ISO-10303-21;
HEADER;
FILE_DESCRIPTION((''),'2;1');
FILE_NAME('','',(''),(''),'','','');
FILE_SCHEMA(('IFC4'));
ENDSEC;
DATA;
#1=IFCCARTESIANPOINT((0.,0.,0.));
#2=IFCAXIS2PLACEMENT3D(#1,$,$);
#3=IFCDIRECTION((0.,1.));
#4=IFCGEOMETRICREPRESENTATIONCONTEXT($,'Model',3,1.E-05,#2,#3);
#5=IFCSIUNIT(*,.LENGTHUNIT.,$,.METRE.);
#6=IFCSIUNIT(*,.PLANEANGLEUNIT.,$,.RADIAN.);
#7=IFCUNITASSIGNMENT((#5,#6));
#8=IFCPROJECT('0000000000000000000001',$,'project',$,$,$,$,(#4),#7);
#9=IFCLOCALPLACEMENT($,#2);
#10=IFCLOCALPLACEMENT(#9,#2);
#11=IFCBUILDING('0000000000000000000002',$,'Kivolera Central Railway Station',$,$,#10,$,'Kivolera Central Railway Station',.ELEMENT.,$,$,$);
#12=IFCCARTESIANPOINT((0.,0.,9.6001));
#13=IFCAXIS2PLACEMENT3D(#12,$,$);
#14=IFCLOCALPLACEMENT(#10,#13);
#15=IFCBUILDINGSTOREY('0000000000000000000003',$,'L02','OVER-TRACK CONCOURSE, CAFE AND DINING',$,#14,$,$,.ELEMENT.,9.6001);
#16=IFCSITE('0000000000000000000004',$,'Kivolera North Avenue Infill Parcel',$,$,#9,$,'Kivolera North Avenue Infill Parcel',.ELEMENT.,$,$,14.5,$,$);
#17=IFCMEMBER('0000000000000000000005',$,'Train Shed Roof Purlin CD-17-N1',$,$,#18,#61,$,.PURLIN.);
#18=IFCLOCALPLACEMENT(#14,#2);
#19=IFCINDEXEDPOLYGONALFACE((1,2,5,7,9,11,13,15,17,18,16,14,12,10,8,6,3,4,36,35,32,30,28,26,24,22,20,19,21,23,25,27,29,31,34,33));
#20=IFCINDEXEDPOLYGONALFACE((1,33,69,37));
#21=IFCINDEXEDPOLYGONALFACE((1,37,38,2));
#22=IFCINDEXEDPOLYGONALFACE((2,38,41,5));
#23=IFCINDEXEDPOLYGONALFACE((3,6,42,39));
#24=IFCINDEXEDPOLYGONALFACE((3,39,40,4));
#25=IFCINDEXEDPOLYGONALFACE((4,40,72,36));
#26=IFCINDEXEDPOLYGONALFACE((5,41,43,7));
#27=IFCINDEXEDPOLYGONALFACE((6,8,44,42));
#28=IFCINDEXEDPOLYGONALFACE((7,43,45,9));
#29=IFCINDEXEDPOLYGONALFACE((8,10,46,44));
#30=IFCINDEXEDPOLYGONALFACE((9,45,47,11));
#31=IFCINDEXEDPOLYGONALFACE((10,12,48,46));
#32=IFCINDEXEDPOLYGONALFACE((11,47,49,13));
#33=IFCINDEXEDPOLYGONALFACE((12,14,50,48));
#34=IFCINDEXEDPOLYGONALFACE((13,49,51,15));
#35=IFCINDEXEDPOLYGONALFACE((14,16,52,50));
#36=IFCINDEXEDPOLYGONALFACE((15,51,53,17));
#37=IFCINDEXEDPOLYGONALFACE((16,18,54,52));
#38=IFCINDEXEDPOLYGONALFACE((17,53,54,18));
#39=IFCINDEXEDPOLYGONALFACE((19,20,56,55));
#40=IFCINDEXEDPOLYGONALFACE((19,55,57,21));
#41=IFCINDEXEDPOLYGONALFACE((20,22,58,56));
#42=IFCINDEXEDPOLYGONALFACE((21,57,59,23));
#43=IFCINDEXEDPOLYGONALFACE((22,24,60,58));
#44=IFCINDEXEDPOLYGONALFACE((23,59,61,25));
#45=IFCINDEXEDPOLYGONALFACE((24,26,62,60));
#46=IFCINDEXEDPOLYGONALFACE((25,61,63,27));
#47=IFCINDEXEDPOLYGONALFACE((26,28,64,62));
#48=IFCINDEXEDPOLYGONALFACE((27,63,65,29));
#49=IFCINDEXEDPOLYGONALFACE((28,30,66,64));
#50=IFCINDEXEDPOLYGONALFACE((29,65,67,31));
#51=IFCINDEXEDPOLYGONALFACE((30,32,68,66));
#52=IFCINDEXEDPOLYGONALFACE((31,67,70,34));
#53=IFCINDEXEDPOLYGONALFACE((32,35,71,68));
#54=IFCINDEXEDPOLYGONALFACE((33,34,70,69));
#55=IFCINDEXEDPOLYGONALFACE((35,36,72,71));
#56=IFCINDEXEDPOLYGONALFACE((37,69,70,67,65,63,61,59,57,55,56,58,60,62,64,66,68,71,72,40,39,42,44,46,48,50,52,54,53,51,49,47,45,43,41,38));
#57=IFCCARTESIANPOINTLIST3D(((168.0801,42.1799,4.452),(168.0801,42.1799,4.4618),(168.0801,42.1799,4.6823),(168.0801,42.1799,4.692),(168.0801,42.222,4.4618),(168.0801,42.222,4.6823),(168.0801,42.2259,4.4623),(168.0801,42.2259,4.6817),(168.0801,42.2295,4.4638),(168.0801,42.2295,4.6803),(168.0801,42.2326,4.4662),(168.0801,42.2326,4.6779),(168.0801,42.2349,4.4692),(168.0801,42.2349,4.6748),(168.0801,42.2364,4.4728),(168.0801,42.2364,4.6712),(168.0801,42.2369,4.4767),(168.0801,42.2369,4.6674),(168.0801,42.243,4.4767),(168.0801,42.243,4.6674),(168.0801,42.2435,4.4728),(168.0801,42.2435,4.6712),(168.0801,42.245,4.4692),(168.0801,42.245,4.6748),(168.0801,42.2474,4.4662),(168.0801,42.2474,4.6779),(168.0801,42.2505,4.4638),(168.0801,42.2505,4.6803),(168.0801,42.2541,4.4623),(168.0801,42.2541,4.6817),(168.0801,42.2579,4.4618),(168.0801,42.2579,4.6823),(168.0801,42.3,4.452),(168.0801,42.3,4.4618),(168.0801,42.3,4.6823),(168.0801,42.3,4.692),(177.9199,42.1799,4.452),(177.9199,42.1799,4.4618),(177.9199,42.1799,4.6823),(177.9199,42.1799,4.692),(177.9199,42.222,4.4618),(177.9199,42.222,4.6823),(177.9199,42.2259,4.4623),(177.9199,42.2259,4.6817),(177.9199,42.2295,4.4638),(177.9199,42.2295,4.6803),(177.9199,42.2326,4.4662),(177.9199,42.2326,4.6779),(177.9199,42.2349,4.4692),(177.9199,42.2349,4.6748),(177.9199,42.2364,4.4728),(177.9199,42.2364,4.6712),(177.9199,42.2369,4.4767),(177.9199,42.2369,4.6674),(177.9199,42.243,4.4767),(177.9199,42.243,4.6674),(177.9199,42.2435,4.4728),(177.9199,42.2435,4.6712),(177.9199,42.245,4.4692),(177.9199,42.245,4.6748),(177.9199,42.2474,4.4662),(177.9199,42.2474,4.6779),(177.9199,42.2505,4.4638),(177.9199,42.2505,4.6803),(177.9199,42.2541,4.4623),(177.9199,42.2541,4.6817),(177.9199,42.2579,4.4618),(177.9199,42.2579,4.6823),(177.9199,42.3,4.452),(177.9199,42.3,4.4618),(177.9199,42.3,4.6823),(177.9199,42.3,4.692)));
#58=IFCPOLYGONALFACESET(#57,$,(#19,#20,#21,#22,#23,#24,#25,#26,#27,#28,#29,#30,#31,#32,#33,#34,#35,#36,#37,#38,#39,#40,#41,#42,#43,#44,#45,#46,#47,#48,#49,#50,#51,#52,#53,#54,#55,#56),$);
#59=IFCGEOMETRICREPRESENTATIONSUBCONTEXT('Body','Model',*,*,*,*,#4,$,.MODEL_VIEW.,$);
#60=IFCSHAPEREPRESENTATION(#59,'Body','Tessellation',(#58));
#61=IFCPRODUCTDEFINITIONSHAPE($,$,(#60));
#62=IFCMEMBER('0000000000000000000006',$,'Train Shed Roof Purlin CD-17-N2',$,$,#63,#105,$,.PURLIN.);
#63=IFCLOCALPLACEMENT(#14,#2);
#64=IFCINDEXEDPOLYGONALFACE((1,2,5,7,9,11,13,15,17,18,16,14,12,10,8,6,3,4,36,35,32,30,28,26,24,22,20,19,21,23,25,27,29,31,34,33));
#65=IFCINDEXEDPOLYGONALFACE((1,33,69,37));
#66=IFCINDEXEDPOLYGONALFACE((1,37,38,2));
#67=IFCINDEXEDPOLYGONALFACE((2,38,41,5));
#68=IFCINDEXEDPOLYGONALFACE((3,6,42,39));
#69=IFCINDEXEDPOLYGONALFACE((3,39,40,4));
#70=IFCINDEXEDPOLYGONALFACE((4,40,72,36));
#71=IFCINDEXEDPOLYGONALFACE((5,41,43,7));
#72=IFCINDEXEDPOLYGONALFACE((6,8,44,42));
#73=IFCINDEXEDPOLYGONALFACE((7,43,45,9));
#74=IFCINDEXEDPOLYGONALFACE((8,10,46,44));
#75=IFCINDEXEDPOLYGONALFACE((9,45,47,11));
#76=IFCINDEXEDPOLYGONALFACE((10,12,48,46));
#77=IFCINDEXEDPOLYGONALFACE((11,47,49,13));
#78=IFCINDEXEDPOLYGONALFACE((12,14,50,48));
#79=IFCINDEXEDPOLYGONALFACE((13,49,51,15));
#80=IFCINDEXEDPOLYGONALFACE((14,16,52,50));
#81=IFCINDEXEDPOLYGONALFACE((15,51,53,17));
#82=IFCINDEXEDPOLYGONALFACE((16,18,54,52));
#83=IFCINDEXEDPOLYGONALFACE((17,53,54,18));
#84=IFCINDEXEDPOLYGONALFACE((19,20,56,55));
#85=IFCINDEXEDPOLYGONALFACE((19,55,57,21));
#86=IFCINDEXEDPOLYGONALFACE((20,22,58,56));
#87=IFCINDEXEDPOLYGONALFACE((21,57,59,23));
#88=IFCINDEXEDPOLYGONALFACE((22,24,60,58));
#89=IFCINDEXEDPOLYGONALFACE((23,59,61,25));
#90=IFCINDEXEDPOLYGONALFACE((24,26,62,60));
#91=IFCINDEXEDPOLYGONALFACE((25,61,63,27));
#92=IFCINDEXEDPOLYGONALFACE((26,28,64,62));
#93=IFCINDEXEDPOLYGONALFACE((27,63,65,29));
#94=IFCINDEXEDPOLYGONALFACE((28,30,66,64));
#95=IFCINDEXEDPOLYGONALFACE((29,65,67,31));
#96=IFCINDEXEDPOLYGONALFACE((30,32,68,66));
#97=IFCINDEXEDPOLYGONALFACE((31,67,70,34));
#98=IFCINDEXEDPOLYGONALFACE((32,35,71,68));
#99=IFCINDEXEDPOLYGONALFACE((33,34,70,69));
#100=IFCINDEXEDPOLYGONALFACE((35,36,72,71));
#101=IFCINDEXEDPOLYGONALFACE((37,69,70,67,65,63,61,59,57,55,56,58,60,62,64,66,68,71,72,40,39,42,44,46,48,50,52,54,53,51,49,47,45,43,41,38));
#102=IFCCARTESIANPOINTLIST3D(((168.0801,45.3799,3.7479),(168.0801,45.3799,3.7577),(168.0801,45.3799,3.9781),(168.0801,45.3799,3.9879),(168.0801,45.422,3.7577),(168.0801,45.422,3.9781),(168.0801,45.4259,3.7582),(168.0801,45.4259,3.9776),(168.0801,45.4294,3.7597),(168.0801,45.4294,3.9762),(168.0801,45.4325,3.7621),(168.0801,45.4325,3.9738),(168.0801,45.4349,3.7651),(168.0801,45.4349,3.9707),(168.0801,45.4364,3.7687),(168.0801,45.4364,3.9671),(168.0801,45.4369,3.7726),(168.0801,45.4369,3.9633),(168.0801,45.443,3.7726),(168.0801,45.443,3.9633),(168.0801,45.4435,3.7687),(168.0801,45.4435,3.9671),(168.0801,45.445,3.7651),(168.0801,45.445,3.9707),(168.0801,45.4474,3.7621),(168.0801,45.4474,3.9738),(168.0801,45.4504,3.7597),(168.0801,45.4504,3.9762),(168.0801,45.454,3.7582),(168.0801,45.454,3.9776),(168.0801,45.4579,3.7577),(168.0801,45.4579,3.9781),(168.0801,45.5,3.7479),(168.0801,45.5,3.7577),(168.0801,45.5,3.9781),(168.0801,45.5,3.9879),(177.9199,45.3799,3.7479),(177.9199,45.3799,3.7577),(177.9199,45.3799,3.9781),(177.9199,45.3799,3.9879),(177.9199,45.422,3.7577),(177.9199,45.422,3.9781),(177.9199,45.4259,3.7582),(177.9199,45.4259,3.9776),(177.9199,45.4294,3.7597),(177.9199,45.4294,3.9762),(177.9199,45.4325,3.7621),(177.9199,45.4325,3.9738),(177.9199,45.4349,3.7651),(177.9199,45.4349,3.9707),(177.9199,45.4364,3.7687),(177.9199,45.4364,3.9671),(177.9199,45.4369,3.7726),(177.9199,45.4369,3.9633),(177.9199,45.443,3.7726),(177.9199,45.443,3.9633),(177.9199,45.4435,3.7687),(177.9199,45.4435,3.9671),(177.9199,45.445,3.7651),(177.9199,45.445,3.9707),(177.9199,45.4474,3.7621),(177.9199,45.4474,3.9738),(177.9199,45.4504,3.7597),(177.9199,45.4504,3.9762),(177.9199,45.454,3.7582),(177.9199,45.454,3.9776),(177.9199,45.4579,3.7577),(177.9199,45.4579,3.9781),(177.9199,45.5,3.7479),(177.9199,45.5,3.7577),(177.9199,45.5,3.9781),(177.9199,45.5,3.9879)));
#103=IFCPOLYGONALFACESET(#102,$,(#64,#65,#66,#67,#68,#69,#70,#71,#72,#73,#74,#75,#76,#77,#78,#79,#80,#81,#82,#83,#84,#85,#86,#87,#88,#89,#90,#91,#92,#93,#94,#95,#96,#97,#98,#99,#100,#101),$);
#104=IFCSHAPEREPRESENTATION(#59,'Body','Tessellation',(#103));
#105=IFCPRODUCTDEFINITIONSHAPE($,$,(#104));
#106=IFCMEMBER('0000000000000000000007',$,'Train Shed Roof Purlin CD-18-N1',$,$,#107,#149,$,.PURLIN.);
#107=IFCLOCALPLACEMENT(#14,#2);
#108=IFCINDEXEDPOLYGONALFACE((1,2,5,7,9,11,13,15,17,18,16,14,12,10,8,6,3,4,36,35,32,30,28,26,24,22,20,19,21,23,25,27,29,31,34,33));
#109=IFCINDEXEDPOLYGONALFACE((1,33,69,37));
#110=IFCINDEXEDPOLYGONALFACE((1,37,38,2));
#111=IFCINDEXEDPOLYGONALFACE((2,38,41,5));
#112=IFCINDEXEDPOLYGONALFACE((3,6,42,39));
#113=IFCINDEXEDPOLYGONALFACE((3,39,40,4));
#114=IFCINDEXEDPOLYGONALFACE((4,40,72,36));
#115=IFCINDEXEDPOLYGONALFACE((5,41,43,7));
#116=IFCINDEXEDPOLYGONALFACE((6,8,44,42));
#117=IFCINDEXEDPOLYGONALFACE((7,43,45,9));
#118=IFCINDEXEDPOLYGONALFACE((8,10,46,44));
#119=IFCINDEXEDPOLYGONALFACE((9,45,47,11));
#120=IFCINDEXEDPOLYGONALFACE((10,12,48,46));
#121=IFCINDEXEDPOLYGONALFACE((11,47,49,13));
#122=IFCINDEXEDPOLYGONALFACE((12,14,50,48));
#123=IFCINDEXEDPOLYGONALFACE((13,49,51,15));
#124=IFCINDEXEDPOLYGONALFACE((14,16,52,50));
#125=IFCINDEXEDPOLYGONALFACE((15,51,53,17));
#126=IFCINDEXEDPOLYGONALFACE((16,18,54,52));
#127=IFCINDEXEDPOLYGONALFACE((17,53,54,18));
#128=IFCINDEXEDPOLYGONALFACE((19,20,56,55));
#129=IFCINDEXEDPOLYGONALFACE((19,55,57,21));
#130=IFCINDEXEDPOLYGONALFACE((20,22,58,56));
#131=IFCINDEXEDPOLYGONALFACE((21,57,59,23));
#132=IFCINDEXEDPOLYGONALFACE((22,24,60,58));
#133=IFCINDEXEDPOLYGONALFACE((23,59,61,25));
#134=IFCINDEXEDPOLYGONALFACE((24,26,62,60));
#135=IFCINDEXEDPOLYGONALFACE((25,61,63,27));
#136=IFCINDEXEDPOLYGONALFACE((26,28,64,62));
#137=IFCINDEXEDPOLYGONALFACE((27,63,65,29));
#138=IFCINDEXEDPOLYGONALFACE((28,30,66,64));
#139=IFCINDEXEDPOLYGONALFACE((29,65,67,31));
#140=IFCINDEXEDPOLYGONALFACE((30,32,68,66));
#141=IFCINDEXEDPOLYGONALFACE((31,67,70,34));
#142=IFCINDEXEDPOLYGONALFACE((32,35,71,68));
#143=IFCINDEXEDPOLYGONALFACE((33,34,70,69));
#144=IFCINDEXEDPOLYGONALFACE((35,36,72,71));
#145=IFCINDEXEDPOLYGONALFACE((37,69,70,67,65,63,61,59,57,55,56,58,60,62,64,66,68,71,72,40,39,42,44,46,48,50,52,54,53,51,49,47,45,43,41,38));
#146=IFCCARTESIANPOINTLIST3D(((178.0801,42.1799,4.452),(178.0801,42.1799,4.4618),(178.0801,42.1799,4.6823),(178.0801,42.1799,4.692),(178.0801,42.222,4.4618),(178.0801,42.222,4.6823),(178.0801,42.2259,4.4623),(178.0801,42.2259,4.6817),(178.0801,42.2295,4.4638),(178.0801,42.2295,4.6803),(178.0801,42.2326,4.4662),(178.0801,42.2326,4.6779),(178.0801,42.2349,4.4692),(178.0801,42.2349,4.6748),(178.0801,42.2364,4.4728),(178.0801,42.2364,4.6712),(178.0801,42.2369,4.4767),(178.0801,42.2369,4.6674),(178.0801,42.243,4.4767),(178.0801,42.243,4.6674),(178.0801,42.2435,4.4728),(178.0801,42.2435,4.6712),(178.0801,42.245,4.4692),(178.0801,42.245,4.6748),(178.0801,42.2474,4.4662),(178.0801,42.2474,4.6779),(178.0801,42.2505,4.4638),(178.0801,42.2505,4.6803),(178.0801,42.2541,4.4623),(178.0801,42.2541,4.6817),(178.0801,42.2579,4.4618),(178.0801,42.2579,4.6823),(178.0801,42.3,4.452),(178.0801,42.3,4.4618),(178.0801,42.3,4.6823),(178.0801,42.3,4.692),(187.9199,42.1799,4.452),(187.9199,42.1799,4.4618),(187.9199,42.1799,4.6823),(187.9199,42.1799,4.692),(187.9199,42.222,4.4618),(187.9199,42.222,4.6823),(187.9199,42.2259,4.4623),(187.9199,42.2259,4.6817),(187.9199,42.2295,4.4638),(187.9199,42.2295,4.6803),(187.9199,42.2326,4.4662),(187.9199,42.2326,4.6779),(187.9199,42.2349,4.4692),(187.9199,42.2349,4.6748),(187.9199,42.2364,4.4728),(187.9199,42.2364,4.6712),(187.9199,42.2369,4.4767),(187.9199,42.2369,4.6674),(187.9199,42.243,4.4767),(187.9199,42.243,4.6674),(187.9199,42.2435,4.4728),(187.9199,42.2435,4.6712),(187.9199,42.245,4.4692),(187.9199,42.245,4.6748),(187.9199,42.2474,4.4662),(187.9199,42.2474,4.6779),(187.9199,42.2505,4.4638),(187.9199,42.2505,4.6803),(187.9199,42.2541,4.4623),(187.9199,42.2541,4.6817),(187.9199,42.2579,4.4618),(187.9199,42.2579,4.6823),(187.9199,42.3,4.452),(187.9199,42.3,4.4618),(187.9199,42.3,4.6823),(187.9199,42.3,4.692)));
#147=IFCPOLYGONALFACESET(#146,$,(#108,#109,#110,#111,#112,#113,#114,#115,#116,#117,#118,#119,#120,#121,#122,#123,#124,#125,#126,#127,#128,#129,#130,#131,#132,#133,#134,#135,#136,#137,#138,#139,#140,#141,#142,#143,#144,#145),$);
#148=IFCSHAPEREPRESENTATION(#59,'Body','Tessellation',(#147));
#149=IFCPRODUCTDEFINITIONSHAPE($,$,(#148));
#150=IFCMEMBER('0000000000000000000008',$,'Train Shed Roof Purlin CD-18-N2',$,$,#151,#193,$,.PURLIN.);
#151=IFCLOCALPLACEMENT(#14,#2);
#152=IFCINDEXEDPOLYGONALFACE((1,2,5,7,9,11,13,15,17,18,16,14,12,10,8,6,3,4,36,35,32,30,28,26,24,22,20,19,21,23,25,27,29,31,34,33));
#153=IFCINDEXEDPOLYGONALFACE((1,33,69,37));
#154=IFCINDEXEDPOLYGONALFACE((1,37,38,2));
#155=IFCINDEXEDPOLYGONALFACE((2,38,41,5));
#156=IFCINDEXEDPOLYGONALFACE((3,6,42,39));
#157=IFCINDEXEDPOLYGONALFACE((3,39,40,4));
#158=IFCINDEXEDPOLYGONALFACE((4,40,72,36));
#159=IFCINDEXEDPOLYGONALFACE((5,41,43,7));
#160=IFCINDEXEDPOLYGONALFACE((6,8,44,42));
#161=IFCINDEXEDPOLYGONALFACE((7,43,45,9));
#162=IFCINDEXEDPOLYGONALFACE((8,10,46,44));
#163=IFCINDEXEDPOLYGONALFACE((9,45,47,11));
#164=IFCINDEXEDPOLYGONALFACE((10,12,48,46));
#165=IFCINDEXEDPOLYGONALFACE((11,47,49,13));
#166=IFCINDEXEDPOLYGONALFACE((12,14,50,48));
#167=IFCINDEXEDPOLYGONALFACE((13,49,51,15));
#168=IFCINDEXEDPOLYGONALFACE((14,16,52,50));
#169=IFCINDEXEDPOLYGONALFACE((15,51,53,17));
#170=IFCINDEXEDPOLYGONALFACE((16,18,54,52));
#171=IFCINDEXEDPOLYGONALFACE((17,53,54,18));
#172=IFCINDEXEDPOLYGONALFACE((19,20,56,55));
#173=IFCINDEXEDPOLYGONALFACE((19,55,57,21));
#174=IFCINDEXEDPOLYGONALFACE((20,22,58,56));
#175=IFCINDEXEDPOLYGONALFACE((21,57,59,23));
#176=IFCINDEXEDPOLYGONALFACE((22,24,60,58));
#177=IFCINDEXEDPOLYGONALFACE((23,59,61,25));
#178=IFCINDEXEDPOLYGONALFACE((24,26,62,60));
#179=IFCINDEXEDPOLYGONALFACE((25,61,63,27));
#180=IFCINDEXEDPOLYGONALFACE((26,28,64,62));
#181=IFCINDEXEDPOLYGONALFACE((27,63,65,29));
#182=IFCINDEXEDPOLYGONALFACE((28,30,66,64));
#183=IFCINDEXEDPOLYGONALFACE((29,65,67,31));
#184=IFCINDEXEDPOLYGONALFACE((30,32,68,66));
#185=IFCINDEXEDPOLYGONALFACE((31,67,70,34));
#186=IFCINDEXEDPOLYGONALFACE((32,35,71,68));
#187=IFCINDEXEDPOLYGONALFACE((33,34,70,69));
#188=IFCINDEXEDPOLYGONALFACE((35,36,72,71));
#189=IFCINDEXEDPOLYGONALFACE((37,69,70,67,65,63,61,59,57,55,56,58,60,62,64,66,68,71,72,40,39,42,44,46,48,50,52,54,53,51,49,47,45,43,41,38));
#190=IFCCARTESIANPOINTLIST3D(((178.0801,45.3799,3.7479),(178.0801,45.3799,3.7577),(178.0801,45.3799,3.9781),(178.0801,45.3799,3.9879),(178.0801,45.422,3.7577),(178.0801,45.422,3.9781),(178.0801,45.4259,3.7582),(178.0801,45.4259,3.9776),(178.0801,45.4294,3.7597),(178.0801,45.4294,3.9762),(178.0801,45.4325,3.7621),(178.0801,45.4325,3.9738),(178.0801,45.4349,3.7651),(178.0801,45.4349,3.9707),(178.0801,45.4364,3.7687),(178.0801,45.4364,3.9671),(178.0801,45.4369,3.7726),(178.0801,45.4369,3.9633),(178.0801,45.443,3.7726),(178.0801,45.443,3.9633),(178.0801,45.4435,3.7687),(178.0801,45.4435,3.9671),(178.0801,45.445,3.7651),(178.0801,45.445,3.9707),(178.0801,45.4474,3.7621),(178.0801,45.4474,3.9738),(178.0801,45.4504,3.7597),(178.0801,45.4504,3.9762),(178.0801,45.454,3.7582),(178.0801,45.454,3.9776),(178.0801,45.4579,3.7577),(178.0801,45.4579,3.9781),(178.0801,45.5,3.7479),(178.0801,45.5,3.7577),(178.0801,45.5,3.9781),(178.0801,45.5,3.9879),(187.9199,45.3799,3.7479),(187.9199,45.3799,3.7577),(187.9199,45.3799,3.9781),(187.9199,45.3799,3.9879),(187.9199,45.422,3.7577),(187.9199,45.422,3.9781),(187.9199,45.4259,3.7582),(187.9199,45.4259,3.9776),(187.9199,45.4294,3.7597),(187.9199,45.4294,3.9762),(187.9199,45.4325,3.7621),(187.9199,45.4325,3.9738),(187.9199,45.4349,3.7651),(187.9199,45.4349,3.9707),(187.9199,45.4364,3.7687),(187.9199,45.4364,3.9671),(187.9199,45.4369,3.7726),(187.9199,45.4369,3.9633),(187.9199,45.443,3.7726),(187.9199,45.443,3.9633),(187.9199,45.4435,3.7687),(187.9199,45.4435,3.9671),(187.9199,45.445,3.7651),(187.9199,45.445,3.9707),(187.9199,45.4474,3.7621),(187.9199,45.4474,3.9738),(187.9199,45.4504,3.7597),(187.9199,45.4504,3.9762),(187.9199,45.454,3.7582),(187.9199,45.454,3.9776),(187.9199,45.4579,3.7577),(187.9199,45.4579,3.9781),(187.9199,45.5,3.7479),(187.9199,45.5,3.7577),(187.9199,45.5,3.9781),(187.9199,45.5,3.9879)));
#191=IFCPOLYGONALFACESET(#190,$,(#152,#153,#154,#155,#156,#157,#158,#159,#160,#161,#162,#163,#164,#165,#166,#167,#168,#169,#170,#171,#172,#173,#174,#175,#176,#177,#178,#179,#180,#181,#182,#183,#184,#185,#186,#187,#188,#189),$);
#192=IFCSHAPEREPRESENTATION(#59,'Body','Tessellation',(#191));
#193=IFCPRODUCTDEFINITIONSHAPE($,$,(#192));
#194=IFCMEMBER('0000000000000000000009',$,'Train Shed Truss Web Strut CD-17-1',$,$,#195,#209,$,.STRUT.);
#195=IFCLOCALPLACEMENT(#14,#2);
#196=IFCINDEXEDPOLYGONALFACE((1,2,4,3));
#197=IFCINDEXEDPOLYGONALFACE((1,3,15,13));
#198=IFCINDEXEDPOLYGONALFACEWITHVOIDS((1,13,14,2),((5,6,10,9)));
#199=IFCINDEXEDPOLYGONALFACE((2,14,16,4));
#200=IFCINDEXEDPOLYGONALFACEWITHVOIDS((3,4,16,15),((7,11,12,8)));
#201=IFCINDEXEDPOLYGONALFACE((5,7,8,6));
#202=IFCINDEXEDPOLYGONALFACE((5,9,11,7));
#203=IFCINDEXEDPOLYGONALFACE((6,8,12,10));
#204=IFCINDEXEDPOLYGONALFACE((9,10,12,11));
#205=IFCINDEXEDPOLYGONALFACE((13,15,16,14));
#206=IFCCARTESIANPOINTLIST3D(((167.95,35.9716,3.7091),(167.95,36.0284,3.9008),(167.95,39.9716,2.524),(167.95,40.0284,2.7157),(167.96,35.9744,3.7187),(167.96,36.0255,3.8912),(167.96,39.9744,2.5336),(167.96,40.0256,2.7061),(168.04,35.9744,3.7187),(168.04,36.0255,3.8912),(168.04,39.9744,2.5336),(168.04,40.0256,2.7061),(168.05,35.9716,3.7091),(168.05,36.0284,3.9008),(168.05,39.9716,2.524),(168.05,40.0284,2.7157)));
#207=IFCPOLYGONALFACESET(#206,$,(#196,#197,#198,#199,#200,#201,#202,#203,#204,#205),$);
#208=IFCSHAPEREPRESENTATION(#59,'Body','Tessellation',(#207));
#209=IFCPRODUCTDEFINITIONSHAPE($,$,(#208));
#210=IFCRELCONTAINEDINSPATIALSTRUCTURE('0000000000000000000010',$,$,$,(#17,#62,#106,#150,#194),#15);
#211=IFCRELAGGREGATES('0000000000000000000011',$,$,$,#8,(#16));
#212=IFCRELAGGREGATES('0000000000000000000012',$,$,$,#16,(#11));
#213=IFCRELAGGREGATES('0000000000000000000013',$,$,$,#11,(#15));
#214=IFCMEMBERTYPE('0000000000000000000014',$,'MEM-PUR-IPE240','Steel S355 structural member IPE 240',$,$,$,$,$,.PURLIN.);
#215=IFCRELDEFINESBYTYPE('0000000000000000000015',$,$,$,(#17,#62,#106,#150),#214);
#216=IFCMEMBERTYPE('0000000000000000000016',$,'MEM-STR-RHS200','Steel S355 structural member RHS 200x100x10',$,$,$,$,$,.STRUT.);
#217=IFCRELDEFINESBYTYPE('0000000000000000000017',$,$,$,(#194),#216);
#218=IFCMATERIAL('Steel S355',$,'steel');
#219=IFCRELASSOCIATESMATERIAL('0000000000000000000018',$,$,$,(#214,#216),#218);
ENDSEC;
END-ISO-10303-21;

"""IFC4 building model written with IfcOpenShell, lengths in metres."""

from ifc_helpers import new_model, si_unit, direction, frame, origin, origin_2d, place, context, subcontext, project, spatial, hollow_rectangle, i_section, extrude, material, material_profile, profile_set, type_object, element, save


model = new_model("IFC4")

# Units and contexts
model_context = context("Model", 3, precision=1e-05, world=origin(), true_north=direction((0.0, 1.0)))
body_context = subcontext(model_context, "Body", "Model", "MODEL_VIEW")
ifc_project = project(units=[si_unit("LENGTHUNIT", "METRE"), si_unit("PLANEANGLEUNIT", "RADIAN")], contexts=[model_context])

# Site, building, storey
site_placement = place(None, origin())
site = spatial("IfcSite", under=ifc_project, at=site_placement, Name="Kivolera North Avenue Infill Parcel", LongName="Kivolera North Avenue Infill Parcel", CompositionType="ELEMENT", RefElevation=14.5)
building_placement = place(site_placement, origin())
building = spatial("IfcBuilding", under=site, at=building_placement, Name="Kivolera Central Railway Station", LongName="Kivolera Central Railway Station", CompositionType="ELEMENT")
storey_placement = place(building_placement, frame((0.0, 0.0, 9.6001)))
storey = spatial("IfcBuildingStorey", under=building, at=storey_placement, Name="L02", Description="OVER-TRACK CONCOURSE, CAFE AND DINING", CompositionType="ELEMENT", Elevation=9.6001)

# Shared definitions
ifc_material_1 = material(Name="Steel S355", Category="steel")

# Members
ifc_material_profile_1 = material_profile(ifc_material_1, i_section(OverallWidth=0.1201, OverallDepth=0.24, WebThickness=0.0061, FlangeThickness=0.0098, FilletRadius=0.0149, at=origin_2d()), Name="IPE 240")
ifc_profile_set_1 = profile_set([ifc_material_profile_1], Name="Steel S355")
member_type_1 = type_object("IfcMemberType", Name="MEM-PUR-IPE240", Description="Steel S355 structural member IPE 240", PredefinedType="PURLIN", material=ifc_profile_set_1)
for number, where, z_axis, x_axis, name in (
    (1, (168.0801, 42.24, 4.572), (1.0, 0.0, 0.0), (0.0, 1.0, 0.0), "Train Shed Roof Purlin CD-17-N1"),
    (2, (168.0801, 45.4399, 3.8679), (1.0, 0.0, 0.0), (0.0, 1.0, 0.0), "Train Shed Roof Purlin CD-17-N2"),
    (3, (178.0801, 42.24, 4.572), (1.0, 0.0, 0.0), (0.0, 1.0, 0.0), "Train Shed Roof Purlin CD-18-N1"),
    (4, (178.0801, 45.4399, 3.8679), (1.0, 0.0, 0.0), (0.0, 1.0, 0.0), "Train Shed Roof Purlin CD-18-N2"),
):
    element("IfcMember", number, at=place(storey_placement, frame(where, z_axis=z_axis, x_axis=x_axis)), inside=storey, type_object=member_type_1, Name=name, PredefinedType="PURLIN", context=body_context, shape_type="SweptSolid", body=[
        extrude(i_section(OverallWidth=0.1201, OverallDepth=0.24, WebThickness=0.0061, FlangeThickness=0.0098, FilletRadius=0.0149, at=origin_2d()), origin(), (0.0, 0.0, 1.0), 9.8398),
    ])
ifc_material_profile_2 = material_profile(ifc_material_1, hollow_rectangle(XDim=0.1001, YDim=0.2, WallThickness=0.01, at=origin_2d()), Name="RHS 200x100x10")
ifc_profile_set_2 = profile_set([ifc_material_profile_2], Name="Steel S355")
member_type_2 = type_object("IfcMemberType", Name="MEM-STR-RHS200", Description="Steel S355 structural member RHS 200x100x10", PredefinedType="STRUT", material=ifc_profile_set_2)
for number, where, z_axis, x_axis, name in (
    (5, (168.0, 40.0, 2.6199), (0.0, -0.958806, 0.28406), (1.0, 0.0, 0.0), "Train Shed Truss Web Strut CD-17-1"),
):
    element("IfcMember", number, at=place(storey_placement, frame(where, z_axis=z_axis, x_axis=x_axis)), inside=storey, type_object=member_type_2, Name=name, PredefinedType="STRUT", context=body_context, shape_type="SweptSolid", body=[
        extrude(hollow_rectangle(XDim=0.1001, YDim=0.2, WallThickness=0.01, at=origin_2d()), origin(), (0.0, 0.0, 1.0), 4.1719),
    ])

save(model, "model.ifc")
